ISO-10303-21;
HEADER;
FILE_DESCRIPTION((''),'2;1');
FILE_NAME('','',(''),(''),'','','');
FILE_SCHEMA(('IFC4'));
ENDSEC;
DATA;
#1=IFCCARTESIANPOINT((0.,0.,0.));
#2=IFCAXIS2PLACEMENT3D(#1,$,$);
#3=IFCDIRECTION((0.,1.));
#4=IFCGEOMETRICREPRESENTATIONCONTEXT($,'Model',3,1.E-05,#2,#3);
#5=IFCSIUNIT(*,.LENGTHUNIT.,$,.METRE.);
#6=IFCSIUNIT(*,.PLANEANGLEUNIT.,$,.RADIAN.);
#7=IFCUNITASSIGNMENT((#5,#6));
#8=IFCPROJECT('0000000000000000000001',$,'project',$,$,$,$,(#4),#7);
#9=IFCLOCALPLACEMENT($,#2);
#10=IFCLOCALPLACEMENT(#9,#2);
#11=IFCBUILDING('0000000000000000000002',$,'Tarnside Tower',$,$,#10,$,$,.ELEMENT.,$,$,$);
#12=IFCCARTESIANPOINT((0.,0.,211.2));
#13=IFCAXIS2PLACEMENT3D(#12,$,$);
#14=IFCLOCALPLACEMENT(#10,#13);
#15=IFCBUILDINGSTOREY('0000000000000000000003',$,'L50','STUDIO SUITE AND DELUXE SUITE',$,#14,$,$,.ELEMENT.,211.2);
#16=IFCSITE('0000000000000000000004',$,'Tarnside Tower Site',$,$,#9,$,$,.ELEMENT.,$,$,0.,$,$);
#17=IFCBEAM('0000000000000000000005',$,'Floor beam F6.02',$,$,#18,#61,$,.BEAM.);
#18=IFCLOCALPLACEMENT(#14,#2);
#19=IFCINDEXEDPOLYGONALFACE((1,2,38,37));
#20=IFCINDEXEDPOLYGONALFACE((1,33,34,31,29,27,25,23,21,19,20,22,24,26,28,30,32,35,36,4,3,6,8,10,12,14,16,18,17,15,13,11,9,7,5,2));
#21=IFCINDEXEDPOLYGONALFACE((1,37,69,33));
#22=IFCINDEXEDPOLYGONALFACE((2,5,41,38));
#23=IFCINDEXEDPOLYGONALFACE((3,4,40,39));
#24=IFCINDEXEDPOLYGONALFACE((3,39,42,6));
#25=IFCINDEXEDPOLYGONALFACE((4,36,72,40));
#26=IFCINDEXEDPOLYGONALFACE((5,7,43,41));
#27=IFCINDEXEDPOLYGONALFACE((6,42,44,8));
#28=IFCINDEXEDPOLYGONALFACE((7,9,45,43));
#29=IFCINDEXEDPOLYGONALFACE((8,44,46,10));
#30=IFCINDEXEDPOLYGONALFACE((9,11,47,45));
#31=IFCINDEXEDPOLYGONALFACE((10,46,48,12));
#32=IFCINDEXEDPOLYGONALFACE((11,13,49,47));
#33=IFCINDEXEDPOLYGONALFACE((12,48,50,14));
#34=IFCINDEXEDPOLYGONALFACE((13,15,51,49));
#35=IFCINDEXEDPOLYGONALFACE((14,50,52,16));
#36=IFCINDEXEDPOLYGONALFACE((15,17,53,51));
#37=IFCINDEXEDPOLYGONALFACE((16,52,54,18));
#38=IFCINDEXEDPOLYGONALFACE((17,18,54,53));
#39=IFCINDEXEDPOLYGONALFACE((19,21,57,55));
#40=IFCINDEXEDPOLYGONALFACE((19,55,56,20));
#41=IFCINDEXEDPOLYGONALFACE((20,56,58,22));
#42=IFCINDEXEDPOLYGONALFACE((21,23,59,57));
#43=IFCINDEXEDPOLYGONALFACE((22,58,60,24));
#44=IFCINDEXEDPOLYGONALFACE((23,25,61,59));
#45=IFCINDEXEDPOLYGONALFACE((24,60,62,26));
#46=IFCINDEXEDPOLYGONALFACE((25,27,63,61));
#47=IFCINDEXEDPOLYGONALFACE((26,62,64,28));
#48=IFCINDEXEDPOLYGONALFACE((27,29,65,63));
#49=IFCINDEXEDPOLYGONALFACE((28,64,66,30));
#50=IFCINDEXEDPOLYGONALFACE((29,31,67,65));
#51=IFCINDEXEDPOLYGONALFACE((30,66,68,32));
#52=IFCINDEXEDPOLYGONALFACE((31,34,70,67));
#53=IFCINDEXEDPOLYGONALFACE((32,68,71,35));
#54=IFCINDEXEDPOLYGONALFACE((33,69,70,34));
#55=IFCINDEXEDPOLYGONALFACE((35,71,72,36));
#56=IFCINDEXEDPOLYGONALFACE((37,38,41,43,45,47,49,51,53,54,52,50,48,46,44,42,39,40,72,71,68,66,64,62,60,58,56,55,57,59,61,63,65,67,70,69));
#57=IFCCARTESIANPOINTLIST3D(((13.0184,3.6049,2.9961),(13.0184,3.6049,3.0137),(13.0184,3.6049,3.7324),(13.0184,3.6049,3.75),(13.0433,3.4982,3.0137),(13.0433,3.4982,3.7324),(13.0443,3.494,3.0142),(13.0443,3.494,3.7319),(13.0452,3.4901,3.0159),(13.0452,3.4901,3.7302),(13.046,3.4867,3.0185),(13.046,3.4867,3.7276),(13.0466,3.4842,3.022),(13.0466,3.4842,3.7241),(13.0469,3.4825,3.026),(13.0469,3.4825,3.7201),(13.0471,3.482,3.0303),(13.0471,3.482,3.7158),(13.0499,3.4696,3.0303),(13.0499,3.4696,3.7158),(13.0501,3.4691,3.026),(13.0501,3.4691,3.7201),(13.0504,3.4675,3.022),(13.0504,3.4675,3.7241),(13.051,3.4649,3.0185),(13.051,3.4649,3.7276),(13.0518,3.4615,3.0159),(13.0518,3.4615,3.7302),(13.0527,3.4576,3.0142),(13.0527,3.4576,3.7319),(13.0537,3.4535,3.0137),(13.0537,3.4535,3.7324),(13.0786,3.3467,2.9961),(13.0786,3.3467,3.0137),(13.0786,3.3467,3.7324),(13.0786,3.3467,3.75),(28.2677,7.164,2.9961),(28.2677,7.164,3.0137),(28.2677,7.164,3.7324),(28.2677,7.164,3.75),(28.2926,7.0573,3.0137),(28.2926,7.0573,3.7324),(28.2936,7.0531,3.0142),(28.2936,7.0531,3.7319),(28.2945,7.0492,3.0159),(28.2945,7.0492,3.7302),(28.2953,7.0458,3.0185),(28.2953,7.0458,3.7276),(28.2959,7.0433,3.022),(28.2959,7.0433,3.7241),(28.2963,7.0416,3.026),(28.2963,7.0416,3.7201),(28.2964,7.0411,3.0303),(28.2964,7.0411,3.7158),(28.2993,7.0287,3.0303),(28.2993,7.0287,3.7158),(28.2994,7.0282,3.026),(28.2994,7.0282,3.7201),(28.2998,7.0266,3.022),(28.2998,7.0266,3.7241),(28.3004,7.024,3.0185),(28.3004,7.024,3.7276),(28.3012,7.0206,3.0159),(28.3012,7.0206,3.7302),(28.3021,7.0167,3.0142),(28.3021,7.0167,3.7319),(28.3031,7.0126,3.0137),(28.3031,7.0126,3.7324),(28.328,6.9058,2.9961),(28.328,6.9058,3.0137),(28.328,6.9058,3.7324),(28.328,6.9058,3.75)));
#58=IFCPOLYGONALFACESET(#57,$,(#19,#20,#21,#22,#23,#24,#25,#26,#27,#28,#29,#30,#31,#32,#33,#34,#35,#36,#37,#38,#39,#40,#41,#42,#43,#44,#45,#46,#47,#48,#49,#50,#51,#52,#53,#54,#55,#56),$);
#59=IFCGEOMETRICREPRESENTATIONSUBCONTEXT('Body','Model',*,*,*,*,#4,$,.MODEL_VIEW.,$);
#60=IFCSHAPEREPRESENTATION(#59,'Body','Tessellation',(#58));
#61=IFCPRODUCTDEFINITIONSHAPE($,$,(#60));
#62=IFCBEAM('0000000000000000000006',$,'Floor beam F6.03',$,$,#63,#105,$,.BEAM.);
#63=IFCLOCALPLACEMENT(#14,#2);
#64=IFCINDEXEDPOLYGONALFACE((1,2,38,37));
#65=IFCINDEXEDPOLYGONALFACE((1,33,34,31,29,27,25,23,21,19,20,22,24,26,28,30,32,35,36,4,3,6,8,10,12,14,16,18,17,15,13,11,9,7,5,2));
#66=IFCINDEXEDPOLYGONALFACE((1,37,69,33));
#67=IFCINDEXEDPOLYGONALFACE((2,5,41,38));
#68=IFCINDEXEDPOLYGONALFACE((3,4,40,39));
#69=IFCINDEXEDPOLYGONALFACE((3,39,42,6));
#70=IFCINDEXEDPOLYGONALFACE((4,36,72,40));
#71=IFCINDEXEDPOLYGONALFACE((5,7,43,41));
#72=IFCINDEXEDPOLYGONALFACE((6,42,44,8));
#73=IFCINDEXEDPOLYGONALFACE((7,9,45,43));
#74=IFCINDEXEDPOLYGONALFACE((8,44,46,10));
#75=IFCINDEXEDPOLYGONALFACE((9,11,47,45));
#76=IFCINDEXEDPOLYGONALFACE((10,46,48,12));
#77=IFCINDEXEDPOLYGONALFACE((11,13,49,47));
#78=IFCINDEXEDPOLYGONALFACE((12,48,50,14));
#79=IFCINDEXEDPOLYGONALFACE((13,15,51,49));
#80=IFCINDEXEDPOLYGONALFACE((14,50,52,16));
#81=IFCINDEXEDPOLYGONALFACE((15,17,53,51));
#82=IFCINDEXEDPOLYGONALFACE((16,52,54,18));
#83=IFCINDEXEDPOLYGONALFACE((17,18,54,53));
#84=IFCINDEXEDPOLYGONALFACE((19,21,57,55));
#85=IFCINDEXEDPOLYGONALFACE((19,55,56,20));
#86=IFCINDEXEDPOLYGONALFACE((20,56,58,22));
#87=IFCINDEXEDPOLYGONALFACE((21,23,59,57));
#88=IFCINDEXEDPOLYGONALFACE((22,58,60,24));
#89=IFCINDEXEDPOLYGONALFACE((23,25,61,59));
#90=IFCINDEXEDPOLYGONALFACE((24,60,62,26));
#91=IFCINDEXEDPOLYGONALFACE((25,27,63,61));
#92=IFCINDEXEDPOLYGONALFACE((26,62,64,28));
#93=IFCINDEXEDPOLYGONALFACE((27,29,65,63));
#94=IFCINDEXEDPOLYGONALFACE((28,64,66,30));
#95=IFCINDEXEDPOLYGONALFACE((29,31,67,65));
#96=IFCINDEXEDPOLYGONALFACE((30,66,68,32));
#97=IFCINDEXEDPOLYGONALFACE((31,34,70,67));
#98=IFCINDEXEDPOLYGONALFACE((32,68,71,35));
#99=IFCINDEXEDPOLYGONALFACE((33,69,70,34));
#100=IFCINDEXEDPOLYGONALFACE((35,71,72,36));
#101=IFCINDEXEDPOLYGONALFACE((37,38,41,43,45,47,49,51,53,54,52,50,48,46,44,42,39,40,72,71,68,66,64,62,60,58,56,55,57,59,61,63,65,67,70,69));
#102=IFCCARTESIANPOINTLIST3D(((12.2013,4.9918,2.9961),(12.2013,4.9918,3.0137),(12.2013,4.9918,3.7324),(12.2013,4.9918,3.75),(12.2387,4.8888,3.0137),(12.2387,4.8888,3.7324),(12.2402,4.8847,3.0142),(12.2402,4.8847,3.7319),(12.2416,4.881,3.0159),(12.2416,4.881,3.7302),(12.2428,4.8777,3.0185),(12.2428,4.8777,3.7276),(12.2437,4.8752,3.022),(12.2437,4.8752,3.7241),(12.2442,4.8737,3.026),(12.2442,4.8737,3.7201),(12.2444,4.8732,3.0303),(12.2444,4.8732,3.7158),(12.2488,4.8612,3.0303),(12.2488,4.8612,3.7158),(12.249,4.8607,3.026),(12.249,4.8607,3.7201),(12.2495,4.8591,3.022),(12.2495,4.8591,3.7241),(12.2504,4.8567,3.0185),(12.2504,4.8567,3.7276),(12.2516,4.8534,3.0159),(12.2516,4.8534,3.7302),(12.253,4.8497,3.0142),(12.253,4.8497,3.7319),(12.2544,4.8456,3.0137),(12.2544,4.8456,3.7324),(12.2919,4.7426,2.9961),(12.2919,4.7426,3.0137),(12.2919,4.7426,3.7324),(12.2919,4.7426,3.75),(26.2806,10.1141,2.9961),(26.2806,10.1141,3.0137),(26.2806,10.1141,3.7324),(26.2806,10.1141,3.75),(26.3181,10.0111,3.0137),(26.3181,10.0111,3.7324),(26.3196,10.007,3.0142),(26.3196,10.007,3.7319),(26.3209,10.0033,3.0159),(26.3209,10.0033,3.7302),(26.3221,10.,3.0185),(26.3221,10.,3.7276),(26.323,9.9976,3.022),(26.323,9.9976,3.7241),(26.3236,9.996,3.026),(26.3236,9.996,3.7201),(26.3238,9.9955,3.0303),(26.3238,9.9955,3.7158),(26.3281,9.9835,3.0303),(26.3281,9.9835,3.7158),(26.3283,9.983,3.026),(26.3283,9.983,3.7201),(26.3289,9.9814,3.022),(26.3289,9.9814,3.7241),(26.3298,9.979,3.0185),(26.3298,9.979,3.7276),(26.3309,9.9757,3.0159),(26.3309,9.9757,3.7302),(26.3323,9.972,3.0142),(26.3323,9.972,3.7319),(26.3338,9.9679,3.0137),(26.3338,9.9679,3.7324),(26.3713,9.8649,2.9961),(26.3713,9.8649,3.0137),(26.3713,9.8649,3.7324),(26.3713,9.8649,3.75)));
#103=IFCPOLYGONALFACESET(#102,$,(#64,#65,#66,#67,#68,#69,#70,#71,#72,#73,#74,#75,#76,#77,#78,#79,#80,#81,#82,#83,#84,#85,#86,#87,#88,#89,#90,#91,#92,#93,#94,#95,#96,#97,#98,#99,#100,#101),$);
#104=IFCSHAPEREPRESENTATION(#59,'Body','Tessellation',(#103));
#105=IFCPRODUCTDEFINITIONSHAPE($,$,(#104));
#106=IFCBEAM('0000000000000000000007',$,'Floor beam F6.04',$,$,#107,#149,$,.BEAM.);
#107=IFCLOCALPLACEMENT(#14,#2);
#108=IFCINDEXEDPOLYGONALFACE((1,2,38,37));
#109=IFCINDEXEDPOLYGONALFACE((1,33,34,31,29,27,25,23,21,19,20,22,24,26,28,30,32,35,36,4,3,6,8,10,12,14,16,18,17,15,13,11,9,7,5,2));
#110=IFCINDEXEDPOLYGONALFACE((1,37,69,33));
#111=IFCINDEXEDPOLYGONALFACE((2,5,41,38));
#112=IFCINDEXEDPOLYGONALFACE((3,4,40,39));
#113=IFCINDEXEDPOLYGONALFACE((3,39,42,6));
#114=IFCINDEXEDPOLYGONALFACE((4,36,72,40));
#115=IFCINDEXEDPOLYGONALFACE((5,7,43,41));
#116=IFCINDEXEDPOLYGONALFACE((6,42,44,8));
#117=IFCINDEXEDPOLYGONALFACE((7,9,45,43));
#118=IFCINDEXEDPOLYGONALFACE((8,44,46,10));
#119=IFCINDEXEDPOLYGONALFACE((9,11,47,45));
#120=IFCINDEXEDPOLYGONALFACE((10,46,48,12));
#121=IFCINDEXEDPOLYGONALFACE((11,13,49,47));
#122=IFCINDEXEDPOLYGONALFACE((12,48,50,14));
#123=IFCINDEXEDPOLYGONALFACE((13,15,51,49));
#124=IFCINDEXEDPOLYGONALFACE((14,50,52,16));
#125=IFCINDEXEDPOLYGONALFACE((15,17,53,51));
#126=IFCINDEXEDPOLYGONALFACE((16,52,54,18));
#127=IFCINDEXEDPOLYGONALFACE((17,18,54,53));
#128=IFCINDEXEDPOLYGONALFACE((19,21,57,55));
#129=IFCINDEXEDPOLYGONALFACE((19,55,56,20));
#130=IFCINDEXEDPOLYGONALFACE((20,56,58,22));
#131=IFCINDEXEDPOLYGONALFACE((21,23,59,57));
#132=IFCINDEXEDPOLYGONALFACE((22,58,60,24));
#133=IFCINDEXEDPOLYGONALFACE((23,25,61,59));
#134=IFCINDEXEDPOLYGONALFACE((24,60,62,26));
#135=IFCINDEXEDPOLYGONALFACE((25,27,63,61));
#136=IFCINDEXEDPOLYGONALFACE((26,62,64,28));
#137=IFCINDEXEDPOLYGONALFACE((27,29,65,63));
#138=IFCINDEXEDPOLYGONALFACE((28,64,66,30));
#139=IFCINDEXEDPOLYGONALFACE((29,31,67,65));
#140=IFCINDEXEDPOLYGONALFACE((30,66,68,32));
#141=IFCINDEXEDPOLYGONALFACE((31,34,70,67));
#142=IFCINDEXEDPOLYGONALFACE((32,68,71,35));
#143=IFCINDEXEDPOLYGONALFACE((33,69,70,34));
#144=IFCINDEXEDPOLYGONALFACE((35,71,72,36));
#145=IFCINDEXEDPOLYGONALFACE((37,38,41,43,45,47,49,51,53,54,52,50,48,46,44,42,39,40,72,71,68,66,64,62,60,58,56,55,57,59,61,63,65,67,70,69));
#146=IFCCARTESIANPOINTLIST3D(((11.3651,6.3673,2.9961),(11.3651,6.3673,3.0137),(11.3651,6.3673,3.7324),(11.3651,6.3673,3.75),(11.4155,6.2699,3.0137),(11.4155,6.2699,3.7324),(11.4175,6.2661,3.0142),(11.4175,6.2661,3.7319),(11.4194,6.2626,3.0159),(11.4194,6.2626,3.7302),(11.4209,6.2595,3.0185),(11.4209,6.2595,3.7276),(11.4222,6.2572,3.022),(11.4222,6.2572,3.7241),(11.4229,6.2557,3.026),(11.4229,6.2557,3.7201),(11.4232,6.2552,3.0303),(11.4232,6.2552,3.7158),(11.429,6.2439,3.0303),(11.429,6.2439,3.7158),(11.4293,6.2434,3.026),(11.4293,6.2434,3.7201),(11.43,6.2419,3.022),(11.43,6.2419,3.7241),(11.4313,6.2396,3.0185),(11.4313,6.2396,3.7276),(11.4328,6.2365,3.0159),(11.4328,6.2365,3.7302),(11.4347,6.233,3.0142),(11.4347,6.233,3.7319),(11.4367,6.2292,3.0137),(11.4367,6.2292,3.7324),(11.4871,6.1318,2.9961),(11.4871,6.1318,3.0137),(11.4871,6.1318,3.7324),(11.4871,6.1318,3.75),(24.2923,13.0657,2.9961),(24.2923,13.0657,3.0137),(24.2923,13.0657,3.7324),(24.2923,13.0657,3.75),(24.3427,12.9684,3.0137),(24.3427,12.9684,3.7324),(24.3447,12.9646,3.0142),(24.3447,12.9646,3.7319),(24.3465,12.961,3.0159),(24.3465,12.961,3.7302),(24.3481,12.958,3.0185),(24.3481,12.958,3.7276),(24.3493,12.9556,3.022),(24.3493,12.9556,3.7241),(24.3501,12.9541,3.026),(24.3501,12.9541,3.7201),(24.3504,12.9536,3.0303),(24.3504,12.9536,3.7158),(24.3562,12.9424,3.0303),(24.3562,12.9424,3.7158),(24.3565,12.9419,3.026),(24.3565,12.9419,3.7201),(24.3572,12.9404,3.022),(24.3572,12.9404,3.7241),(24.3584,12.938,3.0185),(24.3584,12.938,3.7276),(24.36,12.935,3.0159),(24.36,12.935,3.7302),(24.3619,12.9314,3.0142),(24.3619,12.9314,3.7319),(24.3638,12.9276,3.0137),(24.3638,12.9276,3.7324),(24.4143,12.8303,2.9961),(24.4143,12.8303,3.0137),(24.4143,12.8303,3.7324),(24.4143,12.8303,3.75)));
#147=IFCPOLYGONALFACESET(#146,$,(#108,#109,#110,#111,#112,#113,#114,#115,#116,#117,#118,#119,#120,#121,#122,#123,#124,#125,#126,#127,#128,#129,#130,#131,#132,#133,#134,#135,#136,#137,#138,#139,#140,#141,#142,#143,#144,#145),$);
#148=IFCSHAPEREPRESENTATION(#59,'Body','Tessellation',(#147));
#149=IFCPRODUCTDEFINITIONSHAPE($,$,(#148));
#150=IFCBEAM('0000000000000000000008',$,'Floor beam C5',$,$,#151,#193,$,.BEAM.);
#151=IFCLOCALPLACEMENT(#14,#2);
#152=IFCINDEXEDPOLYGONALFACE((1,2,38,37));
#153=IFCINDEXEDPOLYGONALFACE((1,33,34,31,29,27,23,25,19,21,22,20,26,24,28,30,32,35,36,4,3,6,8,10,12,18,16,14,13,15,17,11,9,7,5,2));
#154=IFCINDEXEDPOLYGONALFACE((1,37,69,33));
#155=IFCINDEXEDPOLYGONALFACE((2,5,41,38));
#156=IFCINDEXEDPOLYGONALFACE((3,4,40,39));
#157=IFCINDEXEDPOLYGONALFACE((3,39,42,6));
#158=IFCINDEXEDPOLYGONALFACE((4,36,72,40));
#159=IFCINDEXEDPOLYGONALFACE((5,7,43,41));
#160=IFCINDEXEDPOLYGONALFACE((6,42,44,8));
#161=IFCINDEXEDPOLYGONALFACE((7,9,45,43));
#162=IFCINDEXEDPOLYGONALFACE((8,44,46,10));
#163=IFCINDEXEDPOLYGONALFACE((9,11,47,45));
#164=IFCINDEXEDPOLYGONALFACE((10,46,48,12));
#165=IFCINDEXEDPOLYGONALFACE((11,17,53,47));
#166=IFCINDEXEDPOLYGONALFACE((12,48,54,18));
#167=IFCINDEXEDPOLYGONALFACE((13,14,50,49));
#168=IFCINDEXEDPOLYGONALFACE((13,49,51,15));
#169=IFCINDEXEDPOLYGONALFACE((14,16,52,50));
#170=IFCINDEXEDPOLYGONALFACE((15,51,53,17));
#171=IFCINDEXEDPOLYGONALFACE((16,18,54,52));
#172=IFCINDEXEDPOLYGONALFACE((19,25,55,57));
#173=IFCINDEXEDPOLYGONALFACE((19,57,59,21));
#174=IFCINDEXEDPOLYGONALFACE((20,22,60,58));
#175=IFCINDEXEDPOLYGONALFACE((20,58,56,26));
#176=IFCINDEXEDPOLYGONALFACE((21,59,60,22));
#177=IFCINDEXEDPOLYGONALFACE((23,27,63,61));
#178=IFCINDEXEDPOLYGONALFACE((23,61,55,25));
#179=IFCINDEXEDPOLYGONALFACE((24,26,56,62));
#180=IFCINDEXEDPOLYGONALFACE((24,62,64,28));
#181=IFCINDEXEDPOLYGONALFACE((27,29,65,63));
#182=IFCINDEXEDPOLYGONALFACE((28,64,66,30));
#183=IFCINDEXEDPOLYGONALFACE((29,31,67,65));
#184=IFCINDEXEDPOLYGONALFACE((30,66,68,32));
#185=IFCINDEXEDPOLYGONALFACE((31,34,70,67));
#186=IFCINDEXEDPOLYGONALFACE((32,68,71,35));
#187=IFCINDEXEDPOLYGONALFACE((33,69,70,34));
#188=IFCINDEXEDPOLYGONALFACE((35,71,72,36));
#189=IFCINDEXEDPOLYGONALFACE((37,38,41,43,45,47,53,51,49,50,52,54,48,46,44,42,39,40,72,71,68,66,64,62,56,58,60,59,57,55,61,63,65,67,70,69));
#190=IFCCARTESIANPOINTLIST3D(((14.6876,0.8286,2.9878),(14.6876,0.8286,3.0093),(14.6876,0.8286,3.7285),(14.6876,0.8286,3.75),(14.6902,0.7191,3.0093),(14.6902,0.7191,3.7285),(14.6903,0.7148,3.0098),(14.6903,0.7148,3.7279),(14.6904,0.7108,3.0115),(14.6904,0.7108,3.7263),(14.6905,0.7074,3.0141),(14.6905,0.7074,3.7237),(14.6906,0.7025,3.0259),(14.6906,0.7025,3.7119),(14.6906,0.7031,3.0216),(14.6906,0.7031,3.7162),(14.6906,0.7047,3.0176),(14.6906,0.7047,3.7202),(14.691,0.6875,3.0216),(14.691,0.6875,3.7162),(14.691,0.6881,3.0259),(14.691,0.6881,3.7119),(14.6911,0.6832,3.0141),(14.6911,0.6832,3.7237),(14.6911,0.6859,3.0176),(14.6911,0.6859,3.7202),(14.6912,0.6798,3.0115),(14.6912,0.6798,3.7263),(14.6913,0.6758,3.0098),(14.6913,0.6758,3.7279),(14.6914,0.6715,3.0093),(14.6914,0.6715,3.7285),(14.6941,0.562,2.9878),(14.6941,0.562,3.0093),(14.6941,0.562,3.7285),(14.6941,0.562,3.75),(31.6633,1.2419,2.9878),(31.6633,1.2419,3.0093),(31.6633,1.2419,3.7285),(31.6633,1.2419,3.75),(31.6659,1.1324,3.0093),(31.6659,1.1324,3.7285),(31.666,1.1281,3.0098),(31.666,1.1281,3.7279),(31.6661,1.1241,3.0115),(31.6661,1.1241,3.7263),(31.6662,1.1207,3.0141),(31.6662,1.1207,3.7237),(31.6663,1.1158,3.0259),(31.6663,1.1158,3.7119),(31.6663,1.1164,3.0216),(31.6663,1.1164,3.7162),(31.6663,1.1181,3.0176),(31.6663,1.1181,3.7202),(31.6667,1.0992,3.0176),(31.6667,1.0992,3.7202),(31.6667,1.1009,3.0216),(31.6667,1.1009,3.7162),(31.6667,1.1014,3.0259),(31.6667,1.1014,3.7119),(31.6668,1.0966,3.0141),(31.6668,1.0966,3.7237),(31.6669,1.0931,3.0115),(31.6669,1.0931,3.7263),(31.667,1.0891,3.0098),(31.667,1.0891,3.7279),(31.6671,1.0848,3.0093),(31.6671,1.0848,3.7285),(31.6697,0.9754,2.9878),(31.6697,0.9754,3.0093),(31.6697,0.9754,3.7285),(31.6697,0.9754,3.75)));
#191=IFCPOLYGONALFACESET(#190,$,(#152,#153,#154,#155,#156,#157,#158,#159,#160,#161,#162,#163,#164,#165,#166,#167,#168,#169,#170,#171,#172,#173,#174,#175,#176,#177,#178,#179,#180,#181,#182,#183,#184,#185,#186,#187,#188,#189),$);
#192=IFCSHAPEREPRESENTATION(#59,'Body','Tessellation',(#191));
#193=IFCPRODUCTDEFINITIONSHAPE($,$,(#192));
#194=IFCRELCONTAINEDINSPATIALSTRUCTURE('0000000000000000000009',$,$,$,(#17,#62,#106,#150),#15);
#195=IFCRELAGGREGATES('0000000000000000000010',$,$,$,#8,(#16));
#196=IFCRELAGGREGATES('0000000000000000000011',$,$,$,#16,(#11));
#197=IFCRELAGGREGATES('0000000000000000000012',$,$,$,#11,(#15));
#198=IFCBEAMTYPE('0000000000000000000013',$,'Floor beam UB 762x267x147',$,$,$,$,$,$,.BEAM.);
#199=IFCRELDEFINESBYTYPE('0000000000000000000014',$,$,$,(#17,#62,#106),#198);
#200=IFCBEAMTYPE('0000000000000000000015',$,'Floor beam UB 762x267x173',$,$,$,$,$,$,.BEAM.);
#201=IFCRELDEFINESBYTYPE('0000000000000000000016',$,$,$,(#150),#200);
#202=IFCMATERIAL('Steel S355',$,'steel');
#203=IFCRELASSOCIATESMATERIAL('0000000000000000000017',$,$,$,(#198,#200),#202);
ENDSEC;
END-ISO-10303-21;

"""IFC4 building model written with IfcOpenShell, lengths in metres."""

from ifc_helpers import new_model, si_unit, direction, frame, origin, origin_2d, place, context, subcontext, project, spatial, i_section, extrude, material, material_profile, profile_set, type_object, element, save


model = new_model("IFC4")

# Units and contexts
model_context = context("Model", 3, precision=1e-05, world=origin(), true_north=direction((0.0, 1.0)))
body_context = subcontext(model_context, "Body", "Model", "MODEL_VIEW")
ifc_project = project(units=[si_unit("LENGTHUNIT", "METRE"), si_unit("PLANEANGLEUNIT", "RADIAN")], contexts=[model_context])

# Site, building, storey
site_placement = place(None, origin())
site = spatial("IfcSite", under=ifc_project, at=site_placement, Name="Tarnside Tower Site", CompositionType="ELEMENT", RefElevation=0.0)
building_placement = place(site_placement, origin())
building = spatial("IfcBuilding", under=site, at=building_placement, Name="Tarnside Tower", CompositionType="ELEMENT")
storey_placement = place(building_placement, frame((0.0, 0.0, 211.2)))
storey = spatial("IfcBuildingStorey", under=building, at=storey_placement, Name="L50", Description="STUDIO SUITE AND DELUXE SUITE", CompositionType="ELEMENT", Elevation=211.2)

# Beams
ifc_material_1 = material(Name="Steel S355", Category="steel")
ifc_material_profile_1 = material_profile(ifc_material_1, i_section(OverallWidth=0.2651, OverallDepth=0.7539, WebThickness=0.0127, FlangeThickness=0.0176, FilletRadius=0.0166, at=origin_2d()), Name="UB 762x267x147")
ifc_profile_set_1 = profile_set([ifc_material_profile_1], Name="Steel S355")
beam_type_1 = type_object("IfcBeamType", Name="Floor beam UB 762x267x147", PredefinedType="BEAM", material=ifc_profile_set_1)
beam_1_placement = place(storey_placement, frame((28.2979, 7.0349, 3.373), z_axis=(-0.973828, -0.227285, 0.0), x_axis=(0.227285, -0.973828, 0.0)))
element("IfcBeam", 1, at=beam_1_placement, inside=storey, type_object=beam_type_1, Name="Floor beam F6.02", PredefinedType="BEAM", context=body_context, shape_type="SweptSolid", body=[
    extrude(i_section(OverallWidth=0.2651, OverallDepth=0.7539, WebThickness=0.0127, FlangeThickness=0.0176, FilletRadius=0.0166, at=origin_2d()), origin(), (0.0, 0.0, 1.0), 15.6592),
])
beam_2_placement = place(storey_placement, frame((26.3259, 9.9895, 3.373), z_axis=(-0.939739, -0.341894, 0.0), x_axis=(0.341894, -0.939739, 0.0)))
element("IfcBeam", 2, at=beam_2_placement, inside=storey, type_object=beam_type_1, Name="Floor beam F6.03", PredefinedType="BEAM", context=body_context, shape_type="SweptSolid", body=[
    extrude(i_section(OverallWidth=0.2651, OverallDepth=0.7539, WebThickness=0.0127, FlangeThickness=0.0176, FilletRadius=0.0166, at=origin_2d()), origin(), (0.0, 0.0, 1.0), 14.9822),
])
beam_3_placement = place(storey_placement, frame((24.3533, 12.948, 3.373), z_axis=(-0.887882, -0.460072, 0.0), x_axis=(0.460072, -0.887882, 0.0)))
element("IfcBeam", 3, at=beam_3_placement, inside=storey, type_object=beam_type_1, Name="Floor beam F6.04", PredefinedType="BEAM", context=body_context, shape_type="SweptSolid", body=[
    extrude(i_section(OverallWidth=0.2651, OverallDepth=0.7539, WebThickness=0.0127, FlangeThickness=0.0176, FilletRadius=0.0166, at=origin_2d()), origin(), (0.0, 0.0, 1.0), 14.5596),
])
ifc_material_profile_2 = material_profile(ifc_material_1, i_section(OverallWidth=0.2666, OverallDepth=0.7622, WebThickness=0.0144, FlangeThickness=0.0215, FilletRadius=0.0166, at=origin_2d()), Name="UB 762x267x173")
ifc_profile_set_2 = profile_set([ifc_material_profile_2], Name="Steel S355")
beam_type_2 = type_object("IfcBeamType", Name="Floor beam UB 762x267x173", PredefinedType="BEAM", material=ifc_profile_set_2)
beam_4_placement = place(storey_placement, frame((31.6665, 1.1086, 3.3689), z_axis=(-0.999704, -0.024341, 0.0), x_axis=(0.024341, -0.999704, 0.0)))
element("IfcBeam", 4, at=beam_4_placement, inside=storey, type_object=beam_type_2, Name="Floor beam C5", PredefinedType="BEAM", context=body_context, shape_type="SweptSolid", body=[
    extrude(i_section(OverallWidth=0.2666, OverallDepth=0.7622, WebThickness=0.0144, FlangeThickness=0.0215, FilletRadius=0.0166, at=origin_2d()), origin(), (0.0, 0.0, 1.0), 16.9807),
])

save(model, "model.ifc")
